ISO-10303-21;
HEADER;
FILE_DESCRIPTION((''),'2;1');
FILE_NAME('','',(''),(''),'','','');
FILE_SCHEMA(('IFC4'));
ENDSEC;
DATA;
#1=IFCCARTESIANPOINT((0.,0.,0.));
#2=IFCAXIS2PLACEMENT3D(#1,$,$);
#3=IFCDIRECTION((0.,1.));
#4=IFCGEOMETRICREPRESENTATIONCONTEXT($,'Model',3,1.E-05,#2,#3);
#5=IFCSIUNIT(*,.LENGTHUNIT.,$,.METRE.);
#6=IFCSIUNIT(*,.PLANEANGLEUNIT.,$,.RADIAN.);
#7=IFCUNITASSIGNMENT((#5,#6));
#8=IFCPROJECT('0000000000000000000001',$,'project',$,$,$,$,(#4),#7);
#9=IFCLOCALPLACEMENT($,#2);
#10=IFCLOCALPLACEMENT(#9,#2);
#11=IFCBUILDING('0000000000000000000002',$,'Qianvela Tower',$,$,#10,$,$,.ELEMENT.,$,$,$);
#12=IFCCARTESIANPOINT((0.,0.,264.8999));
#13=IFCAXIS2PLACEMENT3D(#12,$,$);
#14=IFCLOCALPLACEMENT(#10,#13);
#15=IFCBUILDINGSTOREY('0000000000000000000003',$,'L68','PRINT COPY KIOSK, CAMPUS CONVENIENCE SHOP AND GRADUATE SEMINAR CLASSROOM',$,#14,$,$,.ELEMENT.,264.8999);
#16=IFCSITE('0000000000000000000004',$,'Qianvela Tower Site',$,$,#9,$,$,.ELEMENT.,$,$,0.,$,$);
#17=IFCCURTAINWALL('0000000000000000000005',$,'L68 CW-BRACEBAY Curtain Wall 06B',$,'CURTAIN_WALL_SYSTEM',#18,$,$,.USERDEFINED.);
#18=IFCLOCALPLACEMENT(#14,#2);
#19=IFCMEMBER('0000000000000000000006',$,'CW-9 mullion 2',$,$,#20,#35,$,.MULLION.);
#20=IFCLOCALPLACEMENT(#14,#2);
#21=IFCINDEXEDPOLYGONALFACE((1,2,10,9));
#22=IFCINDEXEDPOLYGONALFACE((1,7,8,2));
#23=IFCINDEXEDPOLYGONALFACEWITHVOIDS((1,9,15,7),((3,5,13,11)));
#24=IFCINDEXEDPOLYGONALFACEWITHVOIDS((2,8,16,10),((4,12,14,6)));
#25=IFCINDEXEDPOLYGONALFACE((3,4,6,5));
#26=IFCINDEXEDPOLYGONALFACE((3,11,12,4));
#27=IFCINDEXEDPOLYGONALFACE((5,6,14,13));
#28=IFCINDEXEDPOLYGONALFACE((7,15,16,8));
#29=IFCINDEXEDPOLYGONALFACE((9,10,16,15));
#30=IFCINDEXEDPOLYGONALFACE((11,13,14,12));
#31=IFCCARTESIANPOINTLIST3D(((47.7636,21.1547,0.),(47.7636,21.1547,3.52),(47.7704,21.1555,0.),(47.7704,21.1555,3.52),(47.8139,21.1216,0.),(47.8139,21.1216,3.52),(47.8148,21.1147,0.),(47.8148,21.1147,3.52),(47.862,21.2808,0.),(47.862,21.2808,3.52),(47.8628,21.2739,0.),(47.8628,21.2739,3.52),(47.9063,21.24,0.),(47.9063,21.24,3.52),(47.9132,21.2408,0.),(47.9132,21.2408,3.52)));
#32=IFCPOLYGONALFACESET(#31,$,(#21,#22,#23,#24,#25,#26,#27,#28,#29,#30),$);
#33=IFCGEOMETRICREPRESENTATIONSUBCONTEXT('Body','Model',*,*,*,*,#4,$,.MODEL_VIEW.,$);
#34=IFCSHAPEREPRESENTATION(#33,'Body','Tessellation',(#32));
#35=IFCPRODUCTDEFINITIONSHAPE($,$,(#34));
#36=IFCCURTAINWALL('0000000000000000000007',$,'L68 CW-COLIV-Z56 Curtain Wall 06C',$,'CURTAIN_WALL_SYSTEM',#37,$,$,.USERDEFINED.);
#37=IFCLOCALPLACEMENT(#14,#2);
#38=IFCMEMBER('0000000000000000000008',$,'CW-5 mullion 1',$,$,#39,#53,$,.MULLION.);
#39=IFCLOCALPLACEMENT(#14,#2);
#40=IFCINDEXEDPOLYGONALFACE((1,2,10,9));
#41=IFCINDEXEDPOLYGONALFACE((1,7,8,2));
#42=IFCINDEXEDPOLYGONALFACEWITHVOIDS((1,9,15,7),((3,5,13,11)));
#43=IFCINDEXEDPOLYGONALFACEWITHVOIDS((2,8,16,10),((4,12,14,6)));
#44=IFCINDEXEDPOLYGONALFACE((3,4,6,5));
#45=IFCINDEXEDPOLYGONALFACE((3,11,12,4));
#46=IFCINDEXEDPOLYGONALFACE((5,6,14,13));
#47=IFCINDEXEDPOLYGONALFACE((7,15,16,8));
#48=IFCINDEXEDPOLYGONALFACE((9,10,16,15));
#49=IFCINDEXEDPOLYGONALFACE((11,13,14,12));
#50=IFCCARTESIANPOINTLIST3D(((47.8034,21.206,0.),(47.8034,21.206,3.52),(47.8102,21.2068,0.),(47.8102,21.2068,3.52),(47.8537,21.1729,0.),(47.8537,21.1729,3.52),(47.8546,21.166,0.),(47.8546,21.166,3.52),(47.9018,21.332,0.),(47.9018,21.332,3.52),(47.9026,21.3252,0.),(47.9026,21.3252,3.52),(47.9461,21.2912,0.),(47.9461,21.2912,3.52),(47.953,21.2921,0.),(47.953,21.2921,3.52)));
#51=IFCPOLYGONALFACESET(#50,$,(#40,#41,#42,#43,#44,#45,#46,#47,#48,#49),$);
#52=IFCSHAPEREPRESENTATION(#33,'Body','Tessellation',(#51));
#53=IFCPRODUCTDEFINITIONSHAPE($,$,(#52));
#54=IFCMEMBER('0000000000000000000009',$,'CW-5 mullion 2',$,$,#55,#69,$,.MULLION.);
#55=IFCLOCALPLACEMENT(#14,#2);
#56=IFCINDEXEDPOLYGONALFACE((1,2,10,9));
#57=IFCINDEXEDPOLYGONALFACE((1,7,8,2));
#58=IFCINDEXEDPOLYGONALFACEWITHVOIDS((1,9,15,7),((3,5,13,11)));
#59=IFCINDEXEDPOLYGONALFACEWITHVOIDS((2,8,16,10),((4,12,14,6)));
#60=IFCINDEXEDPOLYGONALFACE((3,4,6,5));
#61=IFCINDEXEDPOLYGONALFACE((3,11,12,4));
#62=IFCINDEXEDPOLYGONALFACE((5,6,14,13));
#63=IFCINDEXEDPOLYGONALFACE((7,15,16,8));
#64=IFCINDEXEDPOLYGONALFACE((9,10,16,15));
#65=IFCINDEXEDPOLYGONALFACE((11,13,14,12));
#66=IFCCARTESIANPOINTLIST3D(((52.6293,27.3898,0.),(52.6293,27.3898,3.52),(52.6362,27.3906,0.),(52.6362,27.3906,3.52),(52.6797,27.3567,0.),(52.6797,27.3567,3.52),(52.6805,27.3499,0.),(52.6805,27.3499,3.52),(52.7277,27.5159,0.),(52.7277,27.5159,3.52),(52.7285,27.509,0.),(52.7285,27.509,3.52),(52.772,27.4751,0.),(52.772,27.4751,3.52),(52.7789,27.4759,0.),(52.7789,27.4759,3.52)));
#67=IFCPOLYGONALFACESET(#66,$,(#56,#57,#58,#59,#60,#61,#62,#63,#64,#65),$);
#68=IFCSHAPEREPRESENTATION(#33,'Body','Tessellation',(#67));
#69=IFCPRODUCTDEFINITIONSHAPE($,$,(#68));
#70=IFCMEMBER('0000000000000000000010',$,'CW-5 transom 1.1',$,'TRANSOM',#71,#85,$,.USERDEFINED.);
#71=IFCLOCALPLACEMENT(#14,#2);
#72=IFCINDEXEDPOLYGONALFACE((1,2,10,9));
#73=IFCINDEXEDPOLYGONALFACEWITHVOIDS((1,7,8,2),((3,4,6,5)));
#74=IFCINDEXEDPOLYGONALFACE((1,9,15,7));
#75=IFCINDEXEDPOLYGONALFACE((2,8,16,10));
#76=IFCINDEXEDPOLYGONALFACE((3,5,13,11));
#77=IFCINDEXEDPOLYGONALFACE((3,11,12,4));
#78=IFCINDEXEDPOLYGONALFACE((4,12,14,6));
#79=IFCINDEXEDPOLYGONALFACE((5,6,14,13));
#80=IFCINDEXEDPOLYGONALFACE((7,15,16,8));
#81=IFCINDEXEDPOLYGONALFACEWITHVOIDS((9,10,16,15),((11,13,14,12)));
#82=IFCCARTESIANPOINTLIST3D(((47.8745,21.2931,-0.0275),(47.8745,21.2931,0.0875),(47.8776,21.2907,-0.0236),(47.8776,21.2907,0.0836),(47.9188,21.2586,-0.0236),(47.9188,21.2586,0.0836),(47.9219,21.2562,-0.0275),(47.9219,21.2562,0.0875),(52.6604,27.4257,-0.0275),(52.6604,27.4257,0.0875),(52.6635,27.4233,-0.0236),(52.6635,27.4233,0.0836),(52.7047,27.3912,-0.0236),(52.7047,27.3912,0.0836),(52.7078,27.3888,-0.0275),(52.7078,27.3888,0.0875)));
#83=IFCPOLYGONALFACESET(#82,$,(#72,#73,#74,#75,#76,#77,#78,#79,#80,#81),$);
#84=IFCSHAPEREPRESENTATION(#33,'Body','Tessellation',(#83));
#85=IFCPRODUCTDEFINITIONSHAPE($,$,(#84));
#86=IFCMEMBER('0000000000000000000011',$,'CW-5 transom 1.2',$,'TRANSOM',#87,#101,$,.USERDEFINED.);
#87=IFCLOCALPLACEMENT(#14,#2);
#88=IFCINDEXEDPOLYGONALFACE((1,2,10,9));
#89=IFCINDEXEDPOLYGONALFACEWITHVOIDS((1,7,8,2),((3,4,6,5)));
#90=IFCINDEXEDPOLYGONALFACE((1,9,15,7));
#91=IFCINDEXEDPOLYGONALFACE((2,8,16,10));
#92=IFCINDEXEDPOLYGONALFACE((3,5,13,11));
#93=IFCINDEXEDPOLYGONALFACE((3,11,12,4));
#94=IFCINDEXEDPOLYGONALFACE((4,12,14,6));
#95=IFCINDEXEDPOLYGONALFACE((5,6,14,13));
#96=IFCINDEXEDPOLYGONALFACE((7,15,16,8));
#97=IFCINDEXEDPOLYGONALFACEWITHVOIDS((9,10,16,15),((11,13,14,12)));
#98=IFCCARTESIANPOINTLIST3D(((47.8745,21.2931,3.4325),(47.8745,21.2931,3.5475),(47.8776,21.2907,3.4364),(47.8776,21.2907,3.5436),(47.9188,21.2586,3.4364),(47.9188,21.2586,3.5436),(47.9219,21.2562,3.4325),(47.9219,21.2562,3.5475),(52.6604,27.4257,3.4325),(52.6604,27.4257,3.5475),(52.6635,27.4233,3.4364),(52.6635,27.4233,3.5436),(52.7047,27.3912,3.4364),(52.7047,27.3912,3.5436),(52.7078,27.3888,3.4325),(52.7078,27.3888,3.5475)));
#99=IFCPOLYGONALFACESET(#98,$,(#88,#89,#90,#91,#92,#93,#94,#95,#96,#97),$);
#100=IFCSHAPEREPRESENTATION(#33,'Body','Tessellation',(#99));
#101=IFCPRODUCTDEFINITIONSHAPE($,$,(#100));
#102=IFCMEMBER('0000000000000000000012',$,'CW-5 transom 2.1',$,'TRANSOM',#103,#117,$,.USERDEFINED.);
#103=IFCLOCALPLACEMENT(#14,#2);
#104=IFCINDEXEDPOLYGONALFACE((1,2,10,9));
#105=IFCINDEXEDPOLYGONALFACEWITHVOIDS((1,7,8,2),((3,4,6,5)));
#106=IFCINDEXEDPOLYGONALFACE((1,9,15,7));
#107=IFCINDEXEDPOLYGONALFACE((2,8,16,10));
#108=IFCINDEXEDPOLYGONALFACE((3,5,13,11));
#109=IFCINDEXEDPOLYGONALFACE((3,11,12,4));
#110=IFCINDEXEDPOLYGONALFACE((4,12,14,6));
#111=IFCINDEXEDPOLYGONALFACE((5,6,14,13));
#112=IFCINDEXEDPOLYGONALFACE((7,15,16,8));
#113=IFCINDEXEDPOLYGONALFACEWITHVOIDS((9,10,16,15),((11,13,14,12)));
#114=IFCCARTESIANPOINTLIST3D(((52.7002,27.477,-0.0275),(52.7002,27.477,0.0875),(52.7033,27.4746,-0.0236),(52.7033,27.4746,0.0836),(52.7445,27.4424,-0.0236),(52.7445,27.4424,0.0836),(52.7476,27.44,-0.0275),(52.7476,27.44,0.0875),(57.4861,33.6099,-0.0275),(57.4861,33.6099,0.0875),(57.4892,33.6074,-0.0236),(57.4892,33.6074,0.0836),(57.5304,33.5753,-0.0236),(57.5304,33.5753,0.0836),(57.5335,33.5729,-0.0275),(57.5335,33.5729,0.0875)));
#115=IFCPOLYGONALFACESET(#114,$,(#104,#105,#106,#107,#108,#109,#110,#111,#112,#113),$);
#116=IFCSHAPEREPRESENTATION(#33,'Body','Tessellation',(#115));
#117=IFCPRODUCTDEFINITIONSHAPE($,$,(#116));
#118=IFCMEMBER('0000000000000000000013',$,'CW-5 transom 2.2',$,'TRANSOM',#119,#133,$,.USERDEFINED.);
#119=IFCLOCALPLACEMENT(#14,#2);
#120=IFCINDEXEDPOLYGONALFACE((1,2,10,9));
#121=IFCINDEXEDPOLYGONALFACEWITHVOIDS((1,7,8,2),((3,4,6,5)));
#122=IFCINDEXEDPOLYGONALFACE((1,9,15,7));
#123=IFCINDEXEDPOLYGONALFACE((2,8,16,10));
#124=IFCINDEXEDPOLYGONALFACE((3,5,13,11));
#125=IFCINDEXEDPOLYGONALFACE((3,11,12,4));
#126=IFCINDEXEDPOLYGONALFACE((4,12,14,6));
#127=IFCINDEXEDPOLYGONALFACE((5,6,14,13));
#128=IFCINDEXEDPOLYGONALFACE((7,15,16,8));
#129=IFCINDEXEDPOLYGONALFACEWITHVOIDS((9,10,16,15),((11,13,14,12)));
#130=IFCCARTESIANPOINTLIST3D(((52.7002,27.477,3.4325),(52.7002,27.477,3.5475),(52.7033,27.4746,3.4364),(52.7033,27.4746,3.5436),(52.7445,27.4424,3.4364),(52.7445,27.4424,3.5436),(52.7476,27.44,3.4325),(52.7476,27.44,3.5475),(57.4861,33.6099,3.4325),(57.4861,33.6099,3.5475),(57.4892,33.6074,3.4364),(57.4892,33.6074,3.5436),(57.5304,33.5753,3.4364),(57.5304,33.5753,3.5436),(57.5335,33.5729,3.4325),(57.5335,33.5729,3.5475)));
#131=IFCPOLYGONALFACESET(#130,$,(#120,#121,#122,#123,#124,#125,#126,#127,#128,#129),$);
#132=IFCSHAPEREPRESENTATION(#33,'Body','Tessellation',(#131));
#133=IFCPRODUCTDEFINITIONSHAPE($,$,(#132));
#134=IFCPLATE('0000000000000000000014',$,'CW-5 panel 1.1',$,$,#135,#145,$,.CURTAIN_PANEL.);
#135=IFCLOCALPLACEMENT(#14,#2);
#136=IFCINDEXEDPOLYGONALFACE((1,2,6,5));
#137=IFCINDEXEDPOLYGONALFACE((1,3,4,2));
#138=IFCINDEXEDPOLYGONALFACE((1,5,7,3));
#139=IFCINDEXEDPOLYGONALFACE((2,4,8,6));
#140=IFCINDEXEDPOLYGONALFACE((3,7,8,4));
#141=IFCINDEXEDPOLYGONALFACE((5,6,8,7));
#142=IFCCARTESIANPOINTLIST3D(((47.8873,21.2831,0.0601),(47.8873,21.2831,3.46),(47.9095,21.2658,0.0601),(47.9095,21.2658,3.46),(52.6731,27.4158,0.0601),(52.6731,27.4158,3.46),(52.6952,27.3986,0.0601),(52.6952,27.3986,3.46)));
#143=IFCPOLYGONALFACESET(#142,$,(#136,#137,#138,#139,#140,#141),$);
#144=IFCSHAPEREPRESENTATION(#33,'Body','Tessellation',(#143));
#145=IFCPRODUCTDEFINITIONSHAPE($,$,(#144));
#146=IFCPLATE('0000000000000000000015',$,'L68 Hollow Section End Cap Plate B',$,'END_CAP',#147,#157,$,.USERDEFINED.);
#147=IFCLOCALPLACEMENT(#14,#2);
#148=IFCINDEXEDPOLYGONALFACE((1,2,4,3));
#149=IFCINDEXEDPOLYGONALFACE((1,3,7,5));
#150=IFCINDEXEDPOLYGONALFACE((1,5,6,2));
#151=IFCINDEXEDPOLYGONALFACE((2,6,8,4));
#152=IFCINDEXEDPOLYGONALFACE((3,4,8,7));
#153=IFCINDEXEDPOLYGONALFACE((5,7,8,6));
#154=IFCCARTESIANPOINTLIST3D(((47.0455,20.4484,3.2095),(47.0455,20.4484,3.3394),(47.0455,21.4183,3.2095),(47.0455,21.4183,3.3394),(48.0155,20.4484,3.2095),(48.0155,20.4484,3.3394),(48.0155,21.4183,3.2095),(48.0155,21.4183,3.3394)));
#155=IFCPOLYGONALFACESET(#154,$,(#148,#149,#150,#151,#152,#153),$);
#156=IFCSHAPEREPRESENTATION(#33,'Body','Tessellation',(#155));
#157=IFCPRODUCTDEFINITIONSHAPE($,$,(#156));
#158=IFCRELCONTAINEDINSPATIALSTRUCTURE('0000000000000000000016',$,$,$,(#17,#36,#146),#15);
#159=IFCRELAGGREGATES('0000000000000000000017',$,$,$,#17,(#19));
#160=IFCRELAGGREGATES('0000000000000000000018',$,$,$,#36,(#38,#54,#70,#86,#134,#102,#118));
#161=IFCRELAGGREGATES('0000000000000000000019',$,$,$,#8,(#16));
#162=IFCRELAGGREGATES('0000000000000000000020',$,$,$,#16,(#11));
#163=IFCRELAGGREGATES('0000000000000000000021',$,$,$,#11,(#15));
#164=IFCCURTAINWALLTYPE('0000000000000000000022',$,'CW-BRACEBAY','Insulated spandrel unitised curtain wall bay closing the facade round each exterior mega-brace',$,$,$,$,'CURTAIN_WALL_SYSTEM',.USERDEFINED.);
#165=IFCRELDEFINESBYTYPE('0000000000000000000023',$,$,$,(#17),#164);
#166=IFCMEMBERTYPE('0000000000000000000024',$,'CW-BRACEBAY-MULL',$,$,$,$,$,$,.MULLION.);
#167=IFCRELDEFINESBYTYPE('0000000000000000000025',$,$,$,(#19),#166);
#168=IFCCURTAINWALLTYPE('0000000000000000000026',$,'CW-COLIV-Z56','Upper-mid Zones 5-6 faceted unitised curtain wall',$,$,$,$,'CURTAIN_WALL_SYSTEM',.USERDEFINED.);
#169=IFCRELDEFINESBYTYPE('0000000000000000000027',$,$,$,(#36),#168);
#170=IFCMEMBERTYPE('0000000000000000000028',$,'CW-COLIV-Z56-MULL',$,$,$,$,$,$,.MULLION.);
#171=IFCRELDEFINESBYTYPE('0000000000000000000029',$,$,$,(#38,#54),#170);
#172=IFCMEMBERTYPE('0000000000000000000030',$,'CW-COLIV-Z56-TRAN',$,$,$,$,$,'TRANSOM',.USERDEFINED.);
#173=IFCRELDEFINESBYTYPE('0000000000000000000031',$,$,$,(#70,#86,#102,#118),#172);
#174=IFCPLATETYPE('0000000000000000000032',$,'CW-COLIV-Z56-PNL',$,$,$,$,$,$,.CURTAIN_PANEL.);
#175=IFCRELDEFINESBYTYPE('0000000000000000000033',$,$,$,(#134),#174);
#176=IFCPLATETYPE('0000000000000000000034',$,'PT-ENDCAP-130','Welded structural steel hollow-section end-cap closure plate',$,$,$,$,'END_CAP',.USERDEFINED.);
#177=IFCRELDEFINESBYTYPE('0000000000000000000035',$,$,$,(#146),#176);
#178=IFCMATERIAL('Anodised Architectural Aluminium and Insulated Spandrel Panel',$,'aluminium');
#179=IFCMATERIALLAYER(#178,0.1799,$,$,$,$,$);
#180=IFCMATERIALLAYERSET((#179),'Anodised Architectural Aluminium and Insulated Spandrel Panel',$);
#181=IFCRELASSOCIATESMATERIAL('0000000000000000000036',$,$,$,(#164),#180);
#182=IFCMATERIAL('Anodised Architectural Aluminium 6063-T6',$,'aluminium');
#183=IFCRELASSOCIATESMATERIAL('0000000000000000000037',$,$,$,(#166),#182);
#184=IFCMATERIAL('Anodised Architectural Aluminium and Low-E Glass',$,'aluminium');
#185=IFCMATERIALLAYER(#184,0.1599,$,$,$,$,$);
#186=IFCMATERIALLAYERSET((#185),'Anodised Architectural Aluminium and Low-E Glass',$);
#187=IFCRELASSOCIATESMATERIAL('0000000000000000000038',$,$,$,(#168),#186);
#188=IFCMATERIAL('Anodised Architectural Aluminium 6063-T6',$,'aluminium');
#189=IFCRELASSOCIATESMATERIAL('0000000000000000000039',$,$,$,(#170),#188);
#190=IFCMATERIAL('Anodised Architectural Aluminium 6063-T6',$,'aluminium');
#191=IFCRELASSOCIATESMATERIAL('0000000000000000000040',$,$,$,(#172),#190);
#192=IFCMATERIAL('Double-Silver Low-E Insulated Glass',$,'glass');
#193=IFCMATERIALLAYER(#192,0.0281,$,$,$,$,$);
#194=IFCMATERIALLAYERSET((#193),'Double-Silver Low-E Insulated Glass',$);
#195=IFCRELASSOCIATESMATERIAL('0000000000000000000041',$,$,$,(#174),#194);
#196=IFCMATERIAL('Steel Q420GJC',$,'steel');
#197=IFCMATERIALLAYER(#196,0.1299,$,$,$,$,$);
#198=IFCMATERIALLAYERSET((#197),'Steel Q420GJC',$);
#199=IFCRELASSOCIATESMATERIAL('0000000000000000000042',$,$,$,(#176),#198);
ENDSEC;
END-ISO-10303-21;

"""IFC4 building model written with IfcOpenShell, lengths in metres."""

from ifc_helpers import new_model, si_unit, direction, frame, origin, origin_2d, place, context, subcontext, project, spatial, rectangle, hollow_rectangle, extrude, material, layer, layer_set, material_profile, profile_set, type_object, element, aggregate, save


model = new_model("IFC4")

# Units and contexts
model_context = context("Model", 3, precision=1e-05, world=origin(), true_north=direction((0.0, 1.0)))
body_context = subcontext(model_context, "Body", "Model", "MODEL_VIEW")
ifc_project = project(units=[si_unit("LENGTHUNIT", "METRE"), si_unit("PLANEANGLEUNIT", "RADIAN")], contexts=[model_context])

# Site, building, storey
site_placement = place(None, origin())
site = spatial("IfcSite", under=ifc_project, at=site_placement, Name="Qianvela Tower Site", CompositionType="ELEMENT", RefElevation=0.0)
building_placement = place(site_placement, origin())
building = spatial("IfcBuilding", under=site, at=building_placement, Name="Qianvela Tower", CompositionType="ELEMENT")
storey_placement = place(building_placement, frame((0.0, 0.0, 264.8999)))
storey = spatial("IfcBuildingStorey", under=building, at=storey_placement, Name="L68", Description="PRINT COPY KIOSK, CAMPUS CONVENIENCE SHOP AND GRADUATE SEMINAR CLASSROOM", CompositionType="ELEMENT", Elevation=264.8999)

# Curtain wall, member
ifc_material_1 = material(Name="Anodised Architectural Aluminium and Insulated Spandrel Panel", Category="aluminium")
ifc_layer_1 = layer(ifc_material_1, 0.1799)
ifc_layer_set_1 = layer_set([ifc_layer_1], Name="Anodised Architectural Aluminium and Insulated Spandrel Panel")
curtain_wall_type_1 = type_object("IfcCurtainWallType", Name="CW-BRACEBAY", Description="Insulated spandrel unitised curtain wall bay closing the facade round each exterior mega-brace", ElementType="CURTAIN_WALL_SYSTEM", PredefinedType="USERDEFINED", material=ifc_layer_set_1)
curtain_wall_1_placement = place(storey_placement, origin())
curtain_wall_1 = element("IfcCurtainWall", 1, at=curtain_wall_1_placement, inside=storey, type_object=curtain_wall_type_1, Name="L68 CW-BRACEBAY Curtain Wall 06B", ObjectType="CURTAIN_WALL_SYSTEM", PredefinedType="USERDEFINED")
ifc_material_2 = material(Name="Anodised Architectural Aluminium 6063-T6", Category="aluminium")
ifc_material_profile_1 = material_profile(ifc_material_2, hollow_rectangle(XDim=0.0649, YDim=0.1599, WallThickness=0.0049, at=origin_2d()), Name="ALU-MULL-65x160")
ifc_profile_set_1 = profile_set([ifc_material_profile_1], Name="Anodised Architectural Aluminium 6063-T6")
member_type_1 = type_object("IfcMemberType", Name="CW-BRACEBAY-MULL", PredefinedType="MULLION", material=ifc_profile_set_1)
member_1_placement = place(storey_placement, frame((47.8384, 21.1978, 0.0), z_axis=(0.0, 0.0, 1.0), x_axis=(-0.788374, 0.615196, 0.0)))
member_1 = element("IfcMember", 2, at=member_1_placement, type_object=member_type_1, Name="CW-9 mullion 2", PredefinedType="MULLION", context=body_context, shape_type="SweptSolid", body=[
    extrude(hollow_rectangle(XDim=0.0649, YDim=0.1599, WallThickness=0.0049, at=origin_2d()), origin(), (0.0, 0.0, 1.0), 3.52),
])
aggregate(curtain_wall_1, [member_1])

# Curtain wall, members, plate
ifc_material_3 = material(Name="Anodised Architectural Aluminium and Low-E Glass", Category="aluminium")
ifc_layer_2 = layer(ifc_material_3, 0.1599)
ifc_layer_set_2 = layer_set([ifc_layer_2], Name="Anodised Architectural Aluminium and Low-E Glass")
curtain_wall_type_2 = type_object("IfcCurtainWallType", Name="CW-COLIV-Z56", Description="Upper-mid Zones 5-6 faceted unitised curtain wall", ElementType="CURTAIN_WALL_SYSTEM", PredefinedType="USERDEFINED", material=ifc_layer_set_2)
curtain_wall_2_placement = place(storey_placement, origin())
curtain_wall_2 = element("IfcCurtainWall", 3, at=curtain_wall_2_placement, inside=storey, type_object=curtain_wall_type_2, Name="L68 CW-COLIV-Z56 Curtain Wall 06C", ObjectType="CURTAIN_WALL_SYSTEM", PredefinedType="USERDEFINED")
ifc_material_4 = material(Name="Anodised Architectural Aluminium 6063-T6", Category="aluminium")
ifc_material_profile_2 = material_profile(ifc_material_4, hollow_rectangle(XDim=0.0649, YDim=0.1599, WallThickness=0.0049, at=origin_2d()), Name="ALU-MULL-65x160")
ifc_profile_set_2 = profile_set([ifc_material_profile_2], Name="Anodised Architectural Aluminium 6063-T6")
member_type_2 = type_object("IfcMemberType", Name="CW-COLIV-Z56-MULL", PredefinedType="MULLION", material=ifc_profile_set_2)
member_2_placement = place(storey_placement, frame((47.8782, 21.249, 0.0), z_axis=(0.0, 0.0, 1.0), x_axis=(-0.788366, 0.615206, 0.0)))
member_2 = element("IfcMember", 4, at=member_2_placement, type_object=member_type_2, Name="CW-5 mullion 1", PredefinedType="MULLION", context=body_context, shape_type="SweptSolid", body=[
    extrude(hollow_rectangle(XDim=0.0649, YDim=0.1599, WallThickness=0.0049, at=origin_2d()), origin(), (0.0, 0.0, 1.0), 3.52),
])
member_3_placement = place(storey_placement, frame((52.7041, 27.4329, 0.0), z_axis=(0.0, 0.0, 1.0), x_axis=(-0.788366, 0.615206, 0.0)))
member_3 = element("IfcMember", 5, at=member_3_placement, type_object=member_type_2, Name="CW-5 mullion 2", PredefinedType="MULLION", context=body_context, shape_type="SweptSolid", body=[
    extrude(hollow_rectangle(XDim=0.0649, YDim=0.1599, WallThickness=0.0049, at=origin_2d()), origin(), (0.0, 0.0, 1.0), 3.52),
])
ifc_material_5 = material(Name="Anodised Architectural Aluminium 6063-T6", Category="aluminium")
ifc_material_profile_3 = material_profile(ifc_material_5, hollow_rectangle(XDim=0.0601, YDim=0.115, WallThickness=0.0039, at=origin_2d()), Name="ALU-TRAN-60x115")
ifc_profile_set_3 = profile_set([ifc_material_profile_3], Name="Anodised Architectural Aluminium 6063-T6")
member_type_3 = type_object("IfcMemberType", Name="CW-COLIV-Z56-TRAN", ElementType="TRANSOM", PredefinedType="USERDEFINED", material=ifc_profile_set_3)
member_4_placement = place(storey_placement, frame((47.8982, 21.2747, 0.03), z_axis=(0.61523, 0.788347, 0.0), x_axis=(-0.788347, 0.61523, 0.0)))
member_4 = element("IfcMember", 6, at=member_4_placement, type_object=member_type_3, Name="CW-5 transom 1.1", ObjectType="TRANSOM", PredefinedType="USERDEFINED", context=body_context, shape_type="SweptSolid", body=[
    extrude(hollow_rectangle(XDim=0.0601, YDim=0.115, WallThickness=0.0039, at=origin_2d()), origin(), (0.0, 0.0, 1.0), 7.7791),
])
member_5_placement = place(storey_placement, frame((47.8982, 21.2747, 3.49), z_axis=(0.61523, 0.788347, 0.0), x_axis=(-0.788347, 0.61523, 0.0)))
member_5 = element("IfcMember", 7, at=member_5_placement, type_object=member_type_3, Name="CW-5 transom 1.2", ObjectType="TRANSOM", PredefinedType="USERDEFINED", context=body_context, shape_type="SweptSolid", body=[
    extrude(hollow_rectangle(XDim=0.0601, YDim=0.115, WallThickness=0.0039, at=origin_2d()), origin(), (0.0, 0.0, 1.0), 7.7791),
])
member_6_placement = place(storey_placement, frame((52.7239, 27.4585, 0.03), z_axis=(0.615215, 0.788359, 0.0), x_axis=(-0.788359, 0.615215, 0.0)))
member_6 = element("IfcMember", 8, at=member_6_placement, type_object=member_type_3, Name="CW-5 transom 2.1", ObjectType="TRANSOM", PredefinedType="USERDEFINED", context=body_context, shape_type="SweptSolid", body=[
    extrude(hollow_rectangle(XDim=0.0601, YDim=0.115, WallThickness=0.0039, at=origin_2d()), origin(), (0.0, 0.0, 1.0), 7.7793),
])
member_7_placement = place(storey_placement, frame((52.7239, 27.4585, 3.49), z_axis=(0.615215, 0.788359, 0.0), x_axis=(-0.788359, 0.615215, 0.0)))
member_7 = element("IfcMember", 9, at=member_7_placement, type_object=member_type_3, Name="CW-5 transom 2.2", ObjectType="TRANSOM", PredefinedType="USERDEFINED", context=body_context, shape_type="SweptSolid", body=[
    extrude(hollow_rectangle(XDim=0.0601, YDim=0.115, WallThickness=0.0039, at=origin_2d()), origin(), (0.0, 0.0, 1.0), 7.7793),
])
ifc_material_6 = material(Name="Double-Silver Low-E Insulated Glass", Category="glass")
ifc_layer_3 = layer(ifc_material_6, 0.0281)
ifc_layer_set_3 = layer_set([ifc_layer_3], Name="Double-Silver Low-E Insulated Glass")
plate_type_1 = type_object("IfcPlateType", Name="CW-COLIV-Z56-PNL", PredefinedType="CURTAIN_PANEL", material=ifc_layer_set_3)
plate_1_placement = place(storey_placement, frame((50.2913, 24.3408, 0.0601), z_axis=(0.0, 0.0, 1.0), x_axis=(0.615206, 0.788366, 0.0)))
plate_1 = element("IfcPlate", 10, at=plate_1_placement, type_object=plate_type_1, Name="CW-5 panel 1.1", PredefinedType="CURTAIN_PANEL", context=body_context, shape_type="SweptSolid", body=[
    extrude(rectangle(XDim=7.7791, YDim=0.0281, at=origin_2d()), origin(), (0.0, 0.0, 1.0), 3.3999),
])
aggregate(curtain_wall_2, [member_2, member_3, member_4, member_5, plate_1, member_6, member_7])

# Plate
ifc_material_7 = material(Name="Steel Q420GJC", Category="steel")
ifc_layer_4 = layer(ifc_material_7, 0.1299)
ifc_layer_set_4 = layer_set([ifc_layer_4], Name="Steel Q420GJC")
plate_type_2 = type_object("IfcPlateType", Name="PT-ENDCAP-130", Description="Welded structural steel hollow-section end-cap closure plate", ElementType="END_CAP", PredefinedType="USERDEFINED", material=ifc_layer_set_4)
plate_2_placement = place(storey_placement, frame((47.5305, 20.9333, 3.2095), z_axis=(0.0, 0.0, 1.0), x_axis=(1.0, 0.0, 0.0)))
element("IfcPlate", 11, at=plate_2_placement, inside=storey, type_object=plate_type_2, Name="L68 Hollow Section End Cap Plate B", ObjectType="END_CAP", PredefinedType="USERDEFINED", context=body_context, shape_type="SweptSolid", body=[
    extrude(rectangle(XDim=0.97, YDim=0.97, at=origin_2d()), origin(), (0.0, 0.0, 1.0), 0.1299),
])

save(model, "model.ifc")
